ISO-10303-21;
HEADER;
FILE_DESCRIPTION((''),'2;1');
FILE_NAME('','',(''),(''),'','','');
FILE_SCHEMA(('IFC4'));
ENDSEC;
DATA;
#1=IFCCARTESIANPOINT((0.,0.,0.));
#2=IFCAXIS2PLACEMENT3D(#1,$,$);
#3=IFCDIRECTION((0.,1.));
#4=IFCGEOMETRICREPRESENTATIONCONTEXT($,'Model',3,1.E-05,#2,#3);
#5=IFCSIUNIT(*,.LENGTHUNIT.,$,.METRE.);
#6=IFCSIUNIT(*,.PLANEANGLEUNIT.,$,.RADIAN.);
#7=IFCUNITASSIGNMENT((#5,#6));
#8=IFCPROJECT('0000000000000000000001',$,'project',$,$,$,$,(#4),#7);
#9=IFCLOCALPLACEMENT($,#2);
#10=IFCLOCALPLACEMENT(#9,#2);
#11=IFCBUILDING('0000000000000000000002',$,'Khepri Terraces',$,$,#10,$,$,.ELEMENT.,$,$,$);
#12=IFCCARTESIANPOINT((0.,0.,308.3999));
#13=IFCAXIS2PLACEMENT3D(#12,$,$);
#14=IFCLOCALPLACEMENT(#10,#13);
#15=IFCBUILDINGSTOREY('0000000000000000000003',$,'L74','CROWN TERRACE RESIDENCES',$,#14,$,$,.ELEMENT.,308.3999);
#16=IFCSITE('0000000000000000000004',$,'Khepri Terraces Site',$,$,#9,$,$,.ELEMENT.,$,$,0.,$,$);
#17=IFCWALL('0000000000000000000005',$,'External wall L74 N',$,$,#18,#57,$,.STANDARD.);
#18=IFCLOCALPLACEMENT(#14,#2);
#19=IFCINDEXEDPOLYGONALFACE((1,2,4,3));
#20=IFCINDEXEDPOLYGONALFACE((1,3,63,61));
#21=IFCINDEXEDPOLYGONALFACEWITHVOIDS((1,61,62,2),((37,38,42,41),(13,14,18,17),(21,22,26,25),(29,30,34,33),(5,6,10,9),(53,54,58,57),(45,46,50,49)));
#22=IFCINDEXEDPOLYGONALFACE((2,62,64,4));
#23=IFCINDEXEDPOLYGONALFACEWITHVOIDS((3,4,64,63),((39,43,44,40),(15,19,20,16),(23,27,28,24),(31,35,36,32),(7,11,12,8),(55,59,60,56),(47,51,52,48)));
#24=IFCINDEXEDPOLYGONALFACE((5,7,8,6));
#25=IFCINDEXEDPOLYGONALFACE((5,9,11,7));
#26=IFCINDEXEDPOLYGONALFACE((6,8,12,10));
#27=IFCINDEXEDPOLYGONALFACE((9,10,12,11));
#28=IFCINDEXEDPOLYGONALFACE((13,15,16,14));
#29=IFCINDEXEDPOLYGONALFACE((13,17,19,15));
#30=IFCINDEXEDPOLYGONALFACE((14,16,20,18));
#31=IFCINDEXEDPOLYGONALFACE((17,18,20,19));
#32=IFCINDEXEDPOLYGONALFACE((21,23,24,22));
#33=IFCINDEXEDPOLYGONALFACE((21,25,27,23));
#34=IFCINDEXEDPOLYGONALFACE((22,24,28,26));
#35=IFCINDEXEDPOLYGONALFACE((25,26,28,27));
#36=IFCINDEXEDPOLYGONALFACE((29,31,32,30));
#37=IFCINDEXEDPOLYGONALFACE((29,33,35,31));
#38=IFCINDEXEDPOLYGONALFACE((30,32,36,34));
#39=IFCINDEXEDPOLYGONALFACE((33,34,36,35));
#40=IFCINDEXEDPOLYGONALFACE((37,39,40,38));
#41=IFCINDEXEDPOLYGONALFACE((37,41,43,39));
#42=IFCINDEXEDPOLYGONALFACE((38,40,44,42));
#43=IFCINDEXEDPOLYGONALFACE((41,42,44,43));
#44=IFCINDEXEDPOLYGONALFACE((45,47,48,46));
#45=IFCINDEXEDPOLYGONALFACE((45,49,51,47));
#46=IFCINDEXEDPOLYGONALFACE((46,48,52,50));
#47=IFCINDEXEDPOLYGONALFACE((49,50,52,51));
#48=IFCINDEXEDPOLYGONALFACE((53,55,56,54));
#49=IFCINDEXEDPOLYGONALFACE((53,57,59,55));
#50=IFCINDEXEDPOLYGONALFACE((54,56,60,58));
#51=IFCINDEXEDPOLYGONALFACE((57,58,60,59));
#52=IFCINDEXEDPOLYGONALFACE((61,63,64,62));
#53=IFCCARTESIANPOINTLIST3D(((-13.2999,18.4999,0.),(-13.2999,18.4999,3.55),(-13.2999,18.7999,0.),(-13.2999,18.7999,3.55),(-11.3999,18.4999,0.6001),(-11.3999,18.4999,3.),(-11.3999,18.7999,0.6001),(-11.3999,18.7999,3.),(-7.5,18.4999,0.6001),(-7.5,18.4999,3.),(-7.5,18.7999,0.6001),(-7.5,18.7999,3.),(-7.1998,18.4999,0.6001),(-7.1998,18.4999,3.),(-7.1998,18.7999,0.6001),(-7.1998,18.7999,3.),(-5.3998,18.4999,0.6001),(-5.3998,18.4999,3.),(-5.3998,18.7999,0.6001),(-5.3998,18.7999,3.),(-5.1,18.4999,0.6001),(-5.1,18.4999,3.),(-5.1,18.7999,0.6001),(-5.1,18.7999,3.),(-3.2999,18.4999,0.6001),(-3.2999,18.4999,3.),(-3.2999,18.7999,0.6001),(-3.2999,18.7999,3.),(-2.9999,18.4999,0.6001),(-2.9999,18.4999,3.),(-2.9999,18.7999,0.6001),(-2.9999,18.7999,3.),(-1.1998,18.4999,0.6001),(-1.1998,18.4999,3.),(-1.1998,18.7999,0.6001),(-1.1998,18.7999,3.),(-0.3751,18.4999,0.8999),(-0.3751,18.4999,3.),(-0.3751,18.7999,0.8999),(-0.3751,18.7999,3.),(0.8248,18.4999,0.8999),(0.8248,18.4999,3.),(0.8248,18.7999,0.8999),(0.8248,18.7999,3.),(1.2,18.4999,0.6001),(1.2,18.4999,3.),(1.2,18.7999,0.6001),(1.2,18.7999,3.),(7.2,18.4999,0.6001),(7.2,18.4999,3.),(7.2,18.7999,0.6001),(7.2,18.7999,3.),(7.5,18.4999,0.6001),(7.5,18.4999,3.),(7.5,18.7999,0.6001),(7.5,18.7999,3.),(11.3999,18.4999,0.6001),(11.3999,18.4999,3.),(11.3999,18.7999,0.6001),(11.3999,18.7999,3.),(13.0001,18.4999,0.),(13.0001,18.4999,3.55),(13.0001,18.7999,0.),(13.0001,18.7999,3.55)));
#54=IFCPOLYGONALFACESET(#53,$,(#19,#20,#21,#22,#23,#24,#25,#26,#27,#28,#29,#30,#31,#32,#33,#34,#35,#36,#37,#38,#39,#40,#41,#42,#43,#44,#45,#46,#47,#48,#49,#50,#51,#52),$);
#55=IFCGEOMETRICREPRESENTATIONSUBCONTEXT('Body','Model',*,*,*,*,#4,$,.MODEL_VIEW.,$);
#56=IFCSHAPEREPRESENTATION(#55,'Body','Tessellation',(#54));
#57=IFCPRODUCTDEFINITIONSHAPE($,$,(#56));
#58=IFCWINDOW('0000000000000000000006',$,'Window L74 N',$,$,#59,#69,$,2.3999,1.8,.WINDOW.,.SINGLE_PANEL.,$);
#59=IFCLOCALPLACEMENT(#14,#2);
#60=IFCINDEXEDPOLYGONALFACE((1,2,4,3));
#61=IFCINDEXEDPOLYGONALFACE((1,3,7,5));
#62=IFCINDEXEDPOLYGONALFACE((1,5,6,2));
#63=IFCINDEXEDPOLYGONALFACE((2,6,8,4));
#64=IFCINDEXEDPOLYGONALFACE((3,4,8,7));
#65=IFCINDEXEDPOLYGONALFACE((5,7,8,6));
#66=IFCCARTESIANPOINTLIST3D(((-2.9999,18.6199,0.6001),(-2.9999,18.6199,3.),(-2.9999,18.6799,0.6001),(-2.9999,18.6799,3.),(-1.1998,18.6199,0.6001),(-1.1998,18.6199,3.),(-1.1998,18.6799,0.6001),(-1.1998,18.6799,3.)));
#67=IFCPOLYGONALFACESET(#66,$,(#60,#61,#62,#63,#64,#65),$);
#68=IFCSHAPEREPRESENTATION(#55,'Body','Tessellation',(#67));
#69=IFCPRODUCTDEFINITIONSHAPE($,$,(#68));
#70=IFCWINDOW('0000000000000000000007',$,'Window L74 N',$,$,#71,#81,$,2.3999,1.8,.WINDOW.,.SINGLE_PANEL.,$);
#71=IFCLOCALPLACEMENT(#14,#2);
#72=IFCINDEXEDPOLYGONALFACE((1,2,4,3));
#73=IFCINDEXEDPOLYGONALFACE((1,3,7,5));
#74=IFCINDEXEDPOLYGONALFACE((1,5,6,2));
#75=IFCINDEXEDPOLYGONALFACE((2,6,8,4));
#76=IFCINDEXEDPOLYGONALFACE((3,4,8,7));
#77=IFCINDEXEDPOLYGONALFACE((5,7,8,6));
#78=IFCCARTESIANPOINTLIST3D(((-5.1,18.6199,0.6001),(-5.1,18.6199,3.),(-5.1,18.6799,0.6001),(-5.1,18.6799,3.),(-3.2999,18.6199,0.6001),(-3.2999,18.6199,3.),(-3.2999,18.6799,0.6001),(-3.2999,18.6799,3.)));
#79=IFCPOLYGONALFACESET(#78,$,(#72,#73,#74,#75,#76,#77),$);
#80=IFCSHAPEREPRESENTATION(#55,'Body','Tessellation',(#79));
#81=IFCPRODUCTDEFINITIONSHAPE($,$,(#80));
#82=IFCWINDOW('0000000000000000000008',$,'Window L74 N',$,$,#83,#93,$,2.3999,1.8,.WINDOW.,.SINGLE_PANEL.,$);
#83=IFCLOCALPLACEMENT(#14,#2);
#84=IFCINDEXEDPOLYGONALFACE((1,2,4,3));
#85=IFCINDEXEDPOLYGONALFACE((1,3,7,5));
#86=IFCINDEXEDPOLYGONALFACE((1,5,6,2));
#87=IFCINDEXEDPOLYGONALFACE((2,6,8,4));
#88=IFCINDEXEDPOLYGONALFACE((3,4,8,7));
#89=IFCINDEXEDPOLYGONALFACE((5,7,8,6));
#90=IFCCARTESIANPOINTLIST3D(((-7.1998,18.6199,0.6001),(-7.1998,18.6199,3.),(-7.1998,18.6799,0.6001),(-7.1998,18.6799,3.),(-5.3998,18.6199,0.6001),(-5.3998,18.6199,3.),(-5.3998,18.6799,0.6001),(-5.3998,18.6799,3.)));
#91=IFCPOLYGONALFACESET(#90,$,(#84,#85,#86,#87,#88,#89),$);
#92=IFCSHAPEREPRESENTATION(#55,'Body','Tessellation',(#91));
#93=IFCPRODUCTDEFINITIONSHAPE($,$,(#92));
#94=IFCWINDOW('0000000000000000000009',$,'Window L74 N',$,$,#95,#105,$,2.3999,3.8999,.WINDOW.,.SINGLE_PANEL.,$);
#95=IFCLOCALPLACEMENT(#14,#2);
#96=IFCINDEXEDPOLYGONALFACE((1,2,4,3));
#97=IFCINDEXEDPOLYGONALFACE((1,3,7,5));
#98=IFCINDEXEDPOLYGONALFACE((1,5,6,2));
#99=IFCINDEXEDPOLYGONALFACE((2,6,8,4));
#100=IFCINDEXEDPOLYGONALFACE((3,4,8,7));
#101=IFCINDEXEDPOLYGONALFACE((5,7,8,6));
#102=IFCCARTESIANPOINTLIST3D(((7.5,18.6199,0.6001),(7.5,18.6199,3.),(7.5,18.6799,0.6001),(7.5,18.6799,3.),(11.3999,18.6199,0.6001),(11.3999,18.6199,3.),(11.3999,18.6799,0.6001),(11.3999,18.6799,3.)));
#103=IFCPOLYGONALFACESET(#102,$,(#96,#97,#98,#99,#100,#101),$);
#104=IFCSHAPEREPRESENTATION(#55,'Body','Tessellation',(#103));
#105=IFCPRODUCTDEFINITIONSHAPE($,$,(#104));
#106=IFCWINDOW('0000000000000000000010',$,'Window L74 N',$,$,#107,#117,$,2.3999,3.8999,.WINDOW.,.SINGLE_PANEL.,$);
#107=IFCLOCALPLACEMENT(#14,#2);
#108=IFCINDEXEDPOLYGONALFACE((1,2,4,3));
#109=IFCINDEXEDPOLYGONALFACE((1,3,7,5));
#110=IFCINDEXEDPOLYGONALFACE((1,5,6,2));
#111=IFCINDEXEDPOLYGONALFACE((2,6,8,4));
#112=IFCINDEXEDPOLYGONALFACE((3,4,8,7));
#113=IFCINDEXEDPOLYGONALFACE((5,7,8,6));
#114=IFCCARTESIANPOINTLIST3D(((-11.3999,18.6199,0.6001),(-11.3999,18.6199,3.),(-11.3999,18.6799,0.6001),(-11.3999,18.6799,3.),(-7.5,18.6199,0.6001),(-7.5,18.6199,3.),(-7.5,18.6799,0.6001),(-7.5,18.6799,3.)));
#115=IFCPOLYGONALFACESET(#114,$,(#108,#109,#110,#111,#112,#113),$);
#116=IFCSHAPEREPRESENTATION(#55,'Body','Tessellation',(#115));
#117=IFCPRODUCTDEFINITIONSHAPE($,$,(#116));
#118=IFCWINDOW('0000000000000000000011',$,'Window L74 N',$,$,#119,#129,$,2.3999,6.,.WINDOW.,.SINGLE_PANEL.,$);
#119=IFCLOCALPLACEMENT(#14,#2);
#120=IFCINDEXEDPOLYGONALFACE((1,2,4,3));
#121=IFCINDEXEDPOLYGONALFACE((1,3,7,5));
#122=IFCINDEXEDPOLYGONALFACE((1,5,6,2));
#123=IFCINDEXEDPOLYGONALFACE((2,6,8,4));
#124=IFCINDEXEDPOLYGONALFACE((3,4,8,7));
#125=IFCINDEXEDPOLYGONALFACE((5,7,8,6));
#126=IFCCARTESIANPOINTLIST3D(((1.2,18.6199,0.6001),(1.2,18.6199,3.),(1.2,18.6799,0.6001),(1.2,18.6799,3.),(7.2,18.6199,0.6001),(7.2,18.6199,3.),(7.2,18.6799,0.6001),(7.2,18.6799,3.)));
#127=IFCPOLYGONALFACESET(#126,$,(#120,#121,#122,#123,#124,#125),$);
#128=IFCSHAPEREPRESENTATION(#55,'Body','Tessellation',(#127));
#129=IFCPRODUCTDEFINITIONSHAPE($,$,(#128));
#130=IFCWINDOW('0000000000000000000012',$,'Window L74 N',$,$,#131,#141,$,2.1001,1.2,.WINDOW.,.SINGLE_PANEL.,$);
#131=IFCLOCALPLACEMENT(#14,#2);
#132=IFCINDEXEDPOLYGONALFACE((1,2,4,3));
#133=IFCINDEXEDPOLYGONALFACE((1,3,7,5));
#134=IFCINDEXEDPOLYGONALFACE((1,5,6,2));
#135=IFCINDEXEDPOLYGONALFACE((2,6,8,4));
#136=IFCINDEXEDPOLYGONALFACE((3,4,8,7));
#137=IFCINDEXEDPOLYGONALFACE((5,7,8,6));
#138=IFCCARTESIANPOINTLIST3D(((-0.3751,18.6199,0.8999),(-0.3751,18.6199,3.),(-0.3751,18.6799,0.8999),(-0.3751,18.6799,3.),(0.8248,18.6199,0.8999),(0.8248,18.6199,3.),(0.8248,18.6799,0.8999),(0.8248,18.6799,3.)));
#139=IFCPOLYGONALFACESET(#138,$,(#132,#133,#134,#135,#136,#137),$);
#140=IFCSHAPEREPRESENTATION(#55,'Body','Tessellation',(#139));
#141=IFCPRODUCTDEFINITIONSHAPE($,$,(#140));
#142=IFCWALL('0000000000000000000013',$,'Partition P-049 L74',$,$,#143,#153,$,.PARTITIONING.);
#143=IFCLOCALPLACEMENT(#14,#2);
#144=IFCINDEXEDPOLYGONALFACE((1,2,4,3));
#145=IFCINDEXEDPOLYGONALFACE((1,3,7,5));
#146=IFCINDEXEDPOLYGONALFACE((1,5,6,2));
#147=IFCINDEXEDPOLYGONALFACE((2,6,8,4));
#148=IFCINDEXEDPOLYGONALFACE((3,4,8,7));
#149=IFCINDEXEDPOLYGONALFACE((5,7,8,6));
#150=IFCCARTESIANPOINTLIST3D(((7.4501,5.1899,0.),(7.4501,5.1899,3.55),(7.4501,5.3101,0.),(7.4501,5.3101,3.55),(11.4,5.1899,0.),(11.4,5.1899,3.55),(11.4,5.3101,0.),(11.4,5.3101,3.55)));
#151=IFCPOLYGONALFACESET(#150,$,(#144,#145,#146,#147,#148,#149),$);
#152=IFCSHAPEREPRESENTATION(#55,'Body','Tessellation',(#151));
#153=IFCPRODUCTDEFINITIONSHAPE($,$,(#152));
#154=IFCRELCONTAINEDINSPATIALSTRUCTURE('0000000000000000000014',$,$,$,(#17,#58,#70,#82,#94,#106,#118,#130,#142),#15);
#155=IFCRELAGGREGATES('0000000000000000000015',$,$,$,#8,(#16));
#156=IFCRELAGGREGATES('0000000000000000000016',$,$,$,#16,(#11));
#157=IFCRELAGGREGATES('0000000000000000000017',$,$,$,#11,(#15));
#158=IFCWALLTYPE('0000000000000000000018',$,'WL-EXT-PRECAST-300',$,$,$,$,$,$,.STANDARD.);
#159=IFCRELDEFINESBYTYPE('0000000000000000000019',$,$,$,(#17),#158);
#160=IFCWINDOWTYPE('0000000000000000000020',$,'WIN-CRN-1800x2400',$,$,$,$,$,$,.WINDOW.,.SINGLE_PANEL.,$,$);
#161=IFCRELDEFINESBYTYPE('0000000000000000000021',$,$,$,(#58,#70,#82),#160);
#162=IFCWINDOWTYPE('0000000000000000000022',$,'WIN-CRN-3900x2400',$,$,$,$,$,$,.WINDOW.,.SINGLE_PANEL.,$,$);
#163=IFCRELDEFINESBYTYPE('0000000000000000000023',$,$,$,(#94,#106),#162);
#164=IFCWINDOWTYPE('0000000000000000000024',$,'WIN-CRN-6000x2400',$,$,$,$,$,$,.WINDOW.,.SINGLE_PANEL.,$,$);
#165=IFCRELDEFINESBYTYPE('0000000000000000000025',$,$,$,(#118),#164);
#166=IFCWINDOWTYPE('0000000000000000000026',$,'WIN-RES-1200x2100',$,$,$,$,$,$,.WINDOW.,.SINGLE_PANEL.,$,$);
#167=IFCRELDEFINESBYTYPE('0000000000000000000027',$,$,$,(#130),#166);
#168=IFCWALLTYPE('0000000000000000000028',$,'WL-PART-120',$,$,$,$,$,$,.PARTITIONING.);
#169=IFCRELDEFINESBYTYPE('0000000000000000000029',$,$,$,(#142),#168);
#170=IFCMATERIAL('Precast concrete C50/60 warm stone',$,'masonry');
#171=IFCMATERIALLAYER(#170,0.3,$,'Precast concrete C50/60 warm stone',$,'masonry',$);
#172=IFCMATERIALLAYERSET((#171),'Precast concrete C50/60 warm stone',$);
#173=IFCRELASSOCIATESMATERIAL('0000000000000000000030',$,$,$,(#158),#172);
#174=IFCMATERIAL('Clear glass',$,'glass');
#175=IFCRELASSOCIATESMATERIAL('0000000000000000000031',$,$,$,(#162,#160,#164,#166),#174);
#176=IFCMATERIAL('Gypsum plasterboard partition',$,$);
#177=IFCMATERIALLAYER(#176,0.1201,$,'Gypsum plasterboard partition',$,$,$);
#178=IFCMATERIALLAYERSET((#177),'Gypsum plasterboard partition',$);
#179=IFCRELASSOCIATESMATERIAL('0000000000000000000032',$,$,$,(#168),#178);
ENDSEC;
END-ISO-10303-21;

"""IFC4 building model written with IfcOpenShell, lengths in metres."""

from ifc_helpers import new_model, si_unit, direction, frame, frame_2d, origin, place, context, subcontext, project, spatial, rectangle, extrude, material, layer, layer_set, type_object, element, fill, save


model = new_model("IFC4")

# Units and contexts
model_context = context("Model", 3, precision=1e-05, world=origin(), true_north=direction((0.0, 1.0)))
body_context = subcontext(model_context, "Body", "Model", "MODEL_VIEW")
ifc_project = project(units=[si_unit("LENGTHUNIT", "METRE"), si_unit("PLANEANGLEUNIT", "RADIAN")], contexts=[model_context])

# Site, building, storey
site_placement = place(None, origin())
site = spatial("IfcSite", under=ifc_project, at=site_placement, Name="Khepri Terraces Site", CompositionType="ELEMENT", RefElevation=0.0)
building_placement = place(site_placement, origin())
building = spatial("IfcBuilding", under=site, at=building_placement, Name="Khepri Terraces", CompositionType="ELEMENT")
storey_placement = place(building_placement, frame((0.0, 0.0, 308.3999)))
storey = spatial("IfcBuildingStorey", under=building, at=storey_placement, Name="L74", Description="CROWN TERRACE RESIDENCES", CompositionType="ELEMENT", Elevation=308.3999)

# Shared definitions
ifc_material_1 = material(Name="Precast concrete C50/60 warm stone", Category="masonry")
ifc_layer_1 = layer(ifc_material_1, 0.3, Name="Precast concrete C50/60 warm stone", Category="masonry")
ifc_layer_set_1 = layer_set([ifc_layer_1], Name="Precast concrete C50/60 warm stone")
wall_type_1 = type_object("IfcWallType", Name="WL-EXT-PRECAST-300", PredefinedType="STANDARD", material=ifc_layer_set_1)
ifc_material_2 = material(Name="Clear glass", Category="glass")
window_type_1 = type_object("IfcWindowType", Name="WIN-CRN-3900x2400", PartitioningType="SINGLE_PANEL", PredefinedType="WINDOW", material=ifc_material_2)
window_type_2 = type_object("IfcWindowType", Name="WIN-CRN-1800x2400", PartitioningType="SINGLE_PANEL", PredefinedType="WINDOW", material=ifc_material_2)

# Wall, openings, windows
wall_1_placement = place(storey_placement, frame((13.0, 18.6499, 0.0), z_axis=(0.0, 0.0, 1.0), x_axis=(-1.0, 0.0, 0.0)))
wall_1 = element("IfcWall", 1, at=wall_1_placement, inside=storey, type_object=wall_type_1, Name="External wall L74 N", PredefinedType="STANDARD", context=body_context, shape_type="SweptSolid", body=[
    extrude(rectangle(XDim=26.3, YDim=0.3, at=frame_2d((13.1499, 0.0))), origin(), (0.0, 0.0, 1.0), 3.55),
])
opening_1_placement = place(wall_1_placement, frame((1.6001, 0.0, 0.6001)))
opening_1 = element("IfcOpeningElement", 2, at=opening_1_placement, cuts=wall_1, PredefinedType="OPENING", context=body_context, shape_type="SweptSolid", body=[
    extrude(rectangle(XDim=3.8999, YDim=2.3999, at=frame_2d((1.95, 1.2))), frame((0.0, 0.1602, 0.0), z_axis=(0.0, -1.0, 0.0), x_axis=(1.0, 0.0, 0.0)), (0.0, 0.0, 1.0), 0.3201),
])
opening_2_placement = place(wall_1_placement, frame((5.8, 0.0, 0.6001)))
opening_2 = element("IfcOpeningElement", 3, at=opening_2_placement, cuts=wall_1, PredefinedType="OPENING", context=body_context, shape_type="SweptSolid", body=[
    extrude(rectangle(XDim=6.0, YDim=2.3999, at=frame_2d((3.0, 1.2))), frame((0.0, 0.1602, 0.0), z_axis=(0.0, -1.0, 0.0), x_axis=(1.0, 0.0, 0.0)), (0.0, 0.0, 1.0), 0.3201),
])
opening_3_placement = place(wall_1_placement, frame((14.2, 0.0, 0.6001)))
opening_3 = element("IfcOpeningElement", 4, at=opening_3_placement, cuts=wall_1, PredefinedType="OPENING", context=body_context, shape_type="SweptSolid", body=[
    extrude(rectangle(XDim=1.8, YDim=2.3999, at=frame_2d((0.8999, 1.2))), frame((0.0, 0.1602, 0.0), z_axis=(0.0, -1.0, 0.0), x_axis=(1.0, 0.0, 0.0)), (0.0, 0.0, 1.0), 0.3201),
])
opening_4_placement = place(wall_1_placement, frame((16.3, 0.0, 0.6001)))
opening_4 = element("IfcOpeningElement", 5, at=opening_4_placement, cuts=wall_1, PredefinedType="OPENING", context=body_context, shape_type="SweptSolid", body=[
    extrude(rectangle(XDim=1.8, YDim=2.3999, at=frame_2d((0.8999, 1.2))), frame((0.0, 0.1602, 0.0), z_axis=(0.0, -1.0, 0.0), x_axis=(1.0, 0.0, 0.0)), (0.0, 0.0, 1.0), 0.3201),
])
opening_5_placement = place(wall_1_placement, frame((18.3999, 0.0, 0.6001)))
opening_5 = element("IfcOpeningElement", 6, at=opening_5_placement, cuts=wall_1, PredefinedType="OPENING", context=body_context, shape_type="SweptSolid", body=[
    extrude(rectangle(XDim=1.8, YDim=2.3999, at=frame_2d((0.8999, 1.2))), frame((0.0, 0.1602, 0.0), z_axis=(0.0, -1.0, 0.0), x_axis=(1.0, 0.0, 0.0)), (0.0, 0.0, 1.0), 0.3201),
])
opening_6_placement = place(wall_1_placement, frame((20.5, 0.0, 0.6001)))
opening_6 = element("IfcOpeningElement", 7, at=opening_6_placement, cuts=wall_1, PredefinedType="OPENING", context=body_context, shape_type="SweptSolid", body=[
    extrude(rectangle(XDim=3.8999, YDim=2.3999, at=frame_2d((1.95, 1.2))), frame((0.0, 0.1602, 0.0), z_axis=(0.0, -1.0, 0.0), x_axis=(1.0, 0.0, 0.0)), (0.0, 0.0, 1.0), 0.3201),
])
opening_7_placement = place(wall_1_placement, frame((12.175, 0.0, 0.8999)))
opening_7 = element("IfcOpeningElement", 8, at=opening_7_placement, cuts=wall_1, PredefinedType="OPENING", context=body_context, shape_type="SweptSolid", body=[
    extrude(rectangle(XDim=1.2, YDim=2.1001, at=frame_2d((0.6001, 1.05))), frame((0.0, 0.1602, 0.0), z_axis=(0.0, -1.0, 0.0), x_axis=(1.0, 0.0, 0.0)), (0.0, 0.0, 1.0), 0.3201),
])
window_1_placement = place(opening_3_placement, origin())
window_1 = element("IfcWindow", 9, at=window_1_placement, inside=storey, type_object=window_type_2, Name="Window L74 N", OverallHeight=2.3999, OverallWidth=1.8, PartitioningType="SINGLE_PANEL", PredefinedType="WINDOW", context=body_context, shape_type="SweptSolid", body=[
    extrude(rectangle(XDim=1.8, YDim=2.3999, at=frame_2d((0.8999, 1.2))), frame((0.0, 0.03, 0.0), z_axis=(0.0, -1.0, 0.0), x_axis=(1.0, 0.0, 0.0)), (0.0, 0.0, 1.0), 0.0601),
])
fill(opening_3, window_1)
window_2_placement = place(opening_4_placement, origin())
window_2 = element("IfcWindow", 10, at=window_2_placement, inside=storey, type_object=window_type_2, Name="Window L74 N", OverallHeight=2.3999, OverallWidth=1.8, PartitioningType="SINGLE_PANEL", PredefinedType="WINDOW", context=body_context, shape_type="SweptSolid", body=[
    extrude(rectangle(XDim=1.8, YDim=2.3999, at=frame_2d((0.8999, 1.2))), frame((0.0, 0.03, 0.0), z_axis=(0.0, -1.0, 0.0), x_axis=(1.0, 0.0, 0.0)), (0.0, 0.0, 1.0), 0.0601),
])
fill(opening_4, window_2)
window_3_placement = place(opening_5_placement, origin())
window_3 = element("IfcWindow", 11, at=window_3_placement, inside=storey, type_object=window_type_2, Name="Window L74 N", OverallHeight=2.3999, OverallWidth=1.8, PartitioningType="SINGLE_PANEL", PredefinedType="WINDOW", context=body_context, shape_type="SweptSolid", body=[
    extrude(rectangle(XDim=1.8, YDim=2.3999, at=frame_2d((0.8999, 1.2))), frame((0.0, 0.03, 0.0), z_axis=(0.0, -1.0, 0.0), x_axis=(1.0, 0.0, 0.0)), (0.0, 0.0, 1.0), 0.0601),
])
fill(opening_5, window_3)
window_4_placement = place(opening_1_placement, origin())
window_4 = element("IfcWindow", 12, at=window_4_placement, inside=storey, type_object=window_type_1, Name="Window L74 N", OverallHeight=2.3999, OverallWidth=3.8999, PartitioningType="SINGLE_PANEL", PredefinedType="WINDOW", context=body_context, shape_type="SweptSolid", body=[
    extrude(rectangle(XDim=3.8999, YDim=2.3999, at=frame_2d((1.95, 1.2))), frame((0.0, 0.03, 0.0), z_axis=(0.0, -1.0, 0.0), x_axis=(1.0, 0.0, 0.0)), (0.0, 0.0, 1.0), 0.0601),
])
fill(opening_1, window_4)
window_5_placement = place(opening_6_placement, origin())
window_5 = element("IfcWindow", 13, at=window_5_placement, inside=storey, type_object=window_type_1, Name="Window L74 N", OverallHeight=2.3999, OverallWidth=3.8999, PartitioningType="SINGLE_PANEL", PredefinedType="WINDOW", context=body_context, shape_type="SweptSolid", body=[
    extrude(rectangle(XDim=3.8999, YDim=2.3999, at=frame_2d((1.95, 1.2))), frame((0.0, 0.03, 0.0), z_axis=(0.0, -1.0, 0.0), x_axis=(1.0, 0.0, 0.0)), (0.0, 0.0, 1.0), 0.0601),
])
fill(opening_6, window_5)
window_type_3 = type_object("IfcWindowType", Name="WIN-CRN-6000x2400", PartitioningType="SINGLE_PANEL", PredefinedType="WINDOW", material=ifc_material_2)
window_6_placement = place(opening_2_placement, origin())
window_6 = element("IfcWindow", 14, at=window_6_placement, inside=storey, type_object=window_type_3, Name="Window L74 N", OverallHeight=2.3999, OverallWidth=6.0, PartitioningType="SINGLE_PANEL", PredefinedType="WINDOW", context=body_context, shape_type="SweptSolid", body=[
    extrude(rectangle(XDim=6.0, YDim=2.3999, at=frame_2d((3.0, 1.2))), frame((0.0, 0.03, 0.0), z_axis=(0.0, -1.0, 0.0), x_axis=(1.0, 0.0, 0.0)), (0.0, 0.0, 1.0), 0.0601),
])
fill(opening_2, window_6)
window_type_4 = type_object("IfcWindowType", Name="WIN-RES-1200x2100", PartitioningType="SINGLE_PANEL", PredefinedType="WINDOW", material=ifc_material_2)
window_7_placement = place(opening_7_placement, origin())
window_7 = element("IfcWindow", 15, at=window_7_placement, inside=storey, type_object=window_type_4, Name="Window L74 N", OverallHeight=2.1001, OverallWidth=1.2, PartitioningType="SINGLE_PANEL", PredefinedType="WINDOW", context=body_context, shape_type="SweptSolid", body=[
    extrude(rectangle(XDim=1.2, YDim=2.1001, at=frame_2d((0.6001, 1.05))), frame((0.0, 0.03, 0.0), z_axis=(0.0, -1.0, 0.0), x_axis=(1.0, 0.0, 0.0)), (0.0, 0.0, 1.0), 0.0601),
])
fill(opening_7, window_7)

# Wall
ifc_material_3 = material(Name="Gypsum plasterboard partition")
ifc_layer_2 = layer(ifc_material_3, 0.1201, Name="Gypsum plasterboard partition")
ifc_layer_set_2 = layer_set([ifc_layer_2], Name="Gypsum plasterboard partition")
wall_type_2 = type_object("IfcWallType", Name="WL-PART-120", PredefinedType="PARTITIONING", material=ifc_layer_set_2)
wall_2_placement = place(storey_placement, frame((7.45, 5.25, 0.0), z_axis=(0.0, 0.0, 1.0), x_axis=(1.0, 0.0, 0.0)))
element("IfcWall", 16, at=wall_2_placement, inside=storey, type_object=wall_type_2, Name="Partition P-049 L74", PredefinedType="PARTITIONING", context=body_context, shape_type="SweptSolid", body=[
    extrude(rectangle(XDim=3.95, YDim=0.1201, at=frame_2d((1.9751, 0.0))), origin(), (0.0, 0.0, 1.0), 3.55),
])

save(model, "model.ifc")
